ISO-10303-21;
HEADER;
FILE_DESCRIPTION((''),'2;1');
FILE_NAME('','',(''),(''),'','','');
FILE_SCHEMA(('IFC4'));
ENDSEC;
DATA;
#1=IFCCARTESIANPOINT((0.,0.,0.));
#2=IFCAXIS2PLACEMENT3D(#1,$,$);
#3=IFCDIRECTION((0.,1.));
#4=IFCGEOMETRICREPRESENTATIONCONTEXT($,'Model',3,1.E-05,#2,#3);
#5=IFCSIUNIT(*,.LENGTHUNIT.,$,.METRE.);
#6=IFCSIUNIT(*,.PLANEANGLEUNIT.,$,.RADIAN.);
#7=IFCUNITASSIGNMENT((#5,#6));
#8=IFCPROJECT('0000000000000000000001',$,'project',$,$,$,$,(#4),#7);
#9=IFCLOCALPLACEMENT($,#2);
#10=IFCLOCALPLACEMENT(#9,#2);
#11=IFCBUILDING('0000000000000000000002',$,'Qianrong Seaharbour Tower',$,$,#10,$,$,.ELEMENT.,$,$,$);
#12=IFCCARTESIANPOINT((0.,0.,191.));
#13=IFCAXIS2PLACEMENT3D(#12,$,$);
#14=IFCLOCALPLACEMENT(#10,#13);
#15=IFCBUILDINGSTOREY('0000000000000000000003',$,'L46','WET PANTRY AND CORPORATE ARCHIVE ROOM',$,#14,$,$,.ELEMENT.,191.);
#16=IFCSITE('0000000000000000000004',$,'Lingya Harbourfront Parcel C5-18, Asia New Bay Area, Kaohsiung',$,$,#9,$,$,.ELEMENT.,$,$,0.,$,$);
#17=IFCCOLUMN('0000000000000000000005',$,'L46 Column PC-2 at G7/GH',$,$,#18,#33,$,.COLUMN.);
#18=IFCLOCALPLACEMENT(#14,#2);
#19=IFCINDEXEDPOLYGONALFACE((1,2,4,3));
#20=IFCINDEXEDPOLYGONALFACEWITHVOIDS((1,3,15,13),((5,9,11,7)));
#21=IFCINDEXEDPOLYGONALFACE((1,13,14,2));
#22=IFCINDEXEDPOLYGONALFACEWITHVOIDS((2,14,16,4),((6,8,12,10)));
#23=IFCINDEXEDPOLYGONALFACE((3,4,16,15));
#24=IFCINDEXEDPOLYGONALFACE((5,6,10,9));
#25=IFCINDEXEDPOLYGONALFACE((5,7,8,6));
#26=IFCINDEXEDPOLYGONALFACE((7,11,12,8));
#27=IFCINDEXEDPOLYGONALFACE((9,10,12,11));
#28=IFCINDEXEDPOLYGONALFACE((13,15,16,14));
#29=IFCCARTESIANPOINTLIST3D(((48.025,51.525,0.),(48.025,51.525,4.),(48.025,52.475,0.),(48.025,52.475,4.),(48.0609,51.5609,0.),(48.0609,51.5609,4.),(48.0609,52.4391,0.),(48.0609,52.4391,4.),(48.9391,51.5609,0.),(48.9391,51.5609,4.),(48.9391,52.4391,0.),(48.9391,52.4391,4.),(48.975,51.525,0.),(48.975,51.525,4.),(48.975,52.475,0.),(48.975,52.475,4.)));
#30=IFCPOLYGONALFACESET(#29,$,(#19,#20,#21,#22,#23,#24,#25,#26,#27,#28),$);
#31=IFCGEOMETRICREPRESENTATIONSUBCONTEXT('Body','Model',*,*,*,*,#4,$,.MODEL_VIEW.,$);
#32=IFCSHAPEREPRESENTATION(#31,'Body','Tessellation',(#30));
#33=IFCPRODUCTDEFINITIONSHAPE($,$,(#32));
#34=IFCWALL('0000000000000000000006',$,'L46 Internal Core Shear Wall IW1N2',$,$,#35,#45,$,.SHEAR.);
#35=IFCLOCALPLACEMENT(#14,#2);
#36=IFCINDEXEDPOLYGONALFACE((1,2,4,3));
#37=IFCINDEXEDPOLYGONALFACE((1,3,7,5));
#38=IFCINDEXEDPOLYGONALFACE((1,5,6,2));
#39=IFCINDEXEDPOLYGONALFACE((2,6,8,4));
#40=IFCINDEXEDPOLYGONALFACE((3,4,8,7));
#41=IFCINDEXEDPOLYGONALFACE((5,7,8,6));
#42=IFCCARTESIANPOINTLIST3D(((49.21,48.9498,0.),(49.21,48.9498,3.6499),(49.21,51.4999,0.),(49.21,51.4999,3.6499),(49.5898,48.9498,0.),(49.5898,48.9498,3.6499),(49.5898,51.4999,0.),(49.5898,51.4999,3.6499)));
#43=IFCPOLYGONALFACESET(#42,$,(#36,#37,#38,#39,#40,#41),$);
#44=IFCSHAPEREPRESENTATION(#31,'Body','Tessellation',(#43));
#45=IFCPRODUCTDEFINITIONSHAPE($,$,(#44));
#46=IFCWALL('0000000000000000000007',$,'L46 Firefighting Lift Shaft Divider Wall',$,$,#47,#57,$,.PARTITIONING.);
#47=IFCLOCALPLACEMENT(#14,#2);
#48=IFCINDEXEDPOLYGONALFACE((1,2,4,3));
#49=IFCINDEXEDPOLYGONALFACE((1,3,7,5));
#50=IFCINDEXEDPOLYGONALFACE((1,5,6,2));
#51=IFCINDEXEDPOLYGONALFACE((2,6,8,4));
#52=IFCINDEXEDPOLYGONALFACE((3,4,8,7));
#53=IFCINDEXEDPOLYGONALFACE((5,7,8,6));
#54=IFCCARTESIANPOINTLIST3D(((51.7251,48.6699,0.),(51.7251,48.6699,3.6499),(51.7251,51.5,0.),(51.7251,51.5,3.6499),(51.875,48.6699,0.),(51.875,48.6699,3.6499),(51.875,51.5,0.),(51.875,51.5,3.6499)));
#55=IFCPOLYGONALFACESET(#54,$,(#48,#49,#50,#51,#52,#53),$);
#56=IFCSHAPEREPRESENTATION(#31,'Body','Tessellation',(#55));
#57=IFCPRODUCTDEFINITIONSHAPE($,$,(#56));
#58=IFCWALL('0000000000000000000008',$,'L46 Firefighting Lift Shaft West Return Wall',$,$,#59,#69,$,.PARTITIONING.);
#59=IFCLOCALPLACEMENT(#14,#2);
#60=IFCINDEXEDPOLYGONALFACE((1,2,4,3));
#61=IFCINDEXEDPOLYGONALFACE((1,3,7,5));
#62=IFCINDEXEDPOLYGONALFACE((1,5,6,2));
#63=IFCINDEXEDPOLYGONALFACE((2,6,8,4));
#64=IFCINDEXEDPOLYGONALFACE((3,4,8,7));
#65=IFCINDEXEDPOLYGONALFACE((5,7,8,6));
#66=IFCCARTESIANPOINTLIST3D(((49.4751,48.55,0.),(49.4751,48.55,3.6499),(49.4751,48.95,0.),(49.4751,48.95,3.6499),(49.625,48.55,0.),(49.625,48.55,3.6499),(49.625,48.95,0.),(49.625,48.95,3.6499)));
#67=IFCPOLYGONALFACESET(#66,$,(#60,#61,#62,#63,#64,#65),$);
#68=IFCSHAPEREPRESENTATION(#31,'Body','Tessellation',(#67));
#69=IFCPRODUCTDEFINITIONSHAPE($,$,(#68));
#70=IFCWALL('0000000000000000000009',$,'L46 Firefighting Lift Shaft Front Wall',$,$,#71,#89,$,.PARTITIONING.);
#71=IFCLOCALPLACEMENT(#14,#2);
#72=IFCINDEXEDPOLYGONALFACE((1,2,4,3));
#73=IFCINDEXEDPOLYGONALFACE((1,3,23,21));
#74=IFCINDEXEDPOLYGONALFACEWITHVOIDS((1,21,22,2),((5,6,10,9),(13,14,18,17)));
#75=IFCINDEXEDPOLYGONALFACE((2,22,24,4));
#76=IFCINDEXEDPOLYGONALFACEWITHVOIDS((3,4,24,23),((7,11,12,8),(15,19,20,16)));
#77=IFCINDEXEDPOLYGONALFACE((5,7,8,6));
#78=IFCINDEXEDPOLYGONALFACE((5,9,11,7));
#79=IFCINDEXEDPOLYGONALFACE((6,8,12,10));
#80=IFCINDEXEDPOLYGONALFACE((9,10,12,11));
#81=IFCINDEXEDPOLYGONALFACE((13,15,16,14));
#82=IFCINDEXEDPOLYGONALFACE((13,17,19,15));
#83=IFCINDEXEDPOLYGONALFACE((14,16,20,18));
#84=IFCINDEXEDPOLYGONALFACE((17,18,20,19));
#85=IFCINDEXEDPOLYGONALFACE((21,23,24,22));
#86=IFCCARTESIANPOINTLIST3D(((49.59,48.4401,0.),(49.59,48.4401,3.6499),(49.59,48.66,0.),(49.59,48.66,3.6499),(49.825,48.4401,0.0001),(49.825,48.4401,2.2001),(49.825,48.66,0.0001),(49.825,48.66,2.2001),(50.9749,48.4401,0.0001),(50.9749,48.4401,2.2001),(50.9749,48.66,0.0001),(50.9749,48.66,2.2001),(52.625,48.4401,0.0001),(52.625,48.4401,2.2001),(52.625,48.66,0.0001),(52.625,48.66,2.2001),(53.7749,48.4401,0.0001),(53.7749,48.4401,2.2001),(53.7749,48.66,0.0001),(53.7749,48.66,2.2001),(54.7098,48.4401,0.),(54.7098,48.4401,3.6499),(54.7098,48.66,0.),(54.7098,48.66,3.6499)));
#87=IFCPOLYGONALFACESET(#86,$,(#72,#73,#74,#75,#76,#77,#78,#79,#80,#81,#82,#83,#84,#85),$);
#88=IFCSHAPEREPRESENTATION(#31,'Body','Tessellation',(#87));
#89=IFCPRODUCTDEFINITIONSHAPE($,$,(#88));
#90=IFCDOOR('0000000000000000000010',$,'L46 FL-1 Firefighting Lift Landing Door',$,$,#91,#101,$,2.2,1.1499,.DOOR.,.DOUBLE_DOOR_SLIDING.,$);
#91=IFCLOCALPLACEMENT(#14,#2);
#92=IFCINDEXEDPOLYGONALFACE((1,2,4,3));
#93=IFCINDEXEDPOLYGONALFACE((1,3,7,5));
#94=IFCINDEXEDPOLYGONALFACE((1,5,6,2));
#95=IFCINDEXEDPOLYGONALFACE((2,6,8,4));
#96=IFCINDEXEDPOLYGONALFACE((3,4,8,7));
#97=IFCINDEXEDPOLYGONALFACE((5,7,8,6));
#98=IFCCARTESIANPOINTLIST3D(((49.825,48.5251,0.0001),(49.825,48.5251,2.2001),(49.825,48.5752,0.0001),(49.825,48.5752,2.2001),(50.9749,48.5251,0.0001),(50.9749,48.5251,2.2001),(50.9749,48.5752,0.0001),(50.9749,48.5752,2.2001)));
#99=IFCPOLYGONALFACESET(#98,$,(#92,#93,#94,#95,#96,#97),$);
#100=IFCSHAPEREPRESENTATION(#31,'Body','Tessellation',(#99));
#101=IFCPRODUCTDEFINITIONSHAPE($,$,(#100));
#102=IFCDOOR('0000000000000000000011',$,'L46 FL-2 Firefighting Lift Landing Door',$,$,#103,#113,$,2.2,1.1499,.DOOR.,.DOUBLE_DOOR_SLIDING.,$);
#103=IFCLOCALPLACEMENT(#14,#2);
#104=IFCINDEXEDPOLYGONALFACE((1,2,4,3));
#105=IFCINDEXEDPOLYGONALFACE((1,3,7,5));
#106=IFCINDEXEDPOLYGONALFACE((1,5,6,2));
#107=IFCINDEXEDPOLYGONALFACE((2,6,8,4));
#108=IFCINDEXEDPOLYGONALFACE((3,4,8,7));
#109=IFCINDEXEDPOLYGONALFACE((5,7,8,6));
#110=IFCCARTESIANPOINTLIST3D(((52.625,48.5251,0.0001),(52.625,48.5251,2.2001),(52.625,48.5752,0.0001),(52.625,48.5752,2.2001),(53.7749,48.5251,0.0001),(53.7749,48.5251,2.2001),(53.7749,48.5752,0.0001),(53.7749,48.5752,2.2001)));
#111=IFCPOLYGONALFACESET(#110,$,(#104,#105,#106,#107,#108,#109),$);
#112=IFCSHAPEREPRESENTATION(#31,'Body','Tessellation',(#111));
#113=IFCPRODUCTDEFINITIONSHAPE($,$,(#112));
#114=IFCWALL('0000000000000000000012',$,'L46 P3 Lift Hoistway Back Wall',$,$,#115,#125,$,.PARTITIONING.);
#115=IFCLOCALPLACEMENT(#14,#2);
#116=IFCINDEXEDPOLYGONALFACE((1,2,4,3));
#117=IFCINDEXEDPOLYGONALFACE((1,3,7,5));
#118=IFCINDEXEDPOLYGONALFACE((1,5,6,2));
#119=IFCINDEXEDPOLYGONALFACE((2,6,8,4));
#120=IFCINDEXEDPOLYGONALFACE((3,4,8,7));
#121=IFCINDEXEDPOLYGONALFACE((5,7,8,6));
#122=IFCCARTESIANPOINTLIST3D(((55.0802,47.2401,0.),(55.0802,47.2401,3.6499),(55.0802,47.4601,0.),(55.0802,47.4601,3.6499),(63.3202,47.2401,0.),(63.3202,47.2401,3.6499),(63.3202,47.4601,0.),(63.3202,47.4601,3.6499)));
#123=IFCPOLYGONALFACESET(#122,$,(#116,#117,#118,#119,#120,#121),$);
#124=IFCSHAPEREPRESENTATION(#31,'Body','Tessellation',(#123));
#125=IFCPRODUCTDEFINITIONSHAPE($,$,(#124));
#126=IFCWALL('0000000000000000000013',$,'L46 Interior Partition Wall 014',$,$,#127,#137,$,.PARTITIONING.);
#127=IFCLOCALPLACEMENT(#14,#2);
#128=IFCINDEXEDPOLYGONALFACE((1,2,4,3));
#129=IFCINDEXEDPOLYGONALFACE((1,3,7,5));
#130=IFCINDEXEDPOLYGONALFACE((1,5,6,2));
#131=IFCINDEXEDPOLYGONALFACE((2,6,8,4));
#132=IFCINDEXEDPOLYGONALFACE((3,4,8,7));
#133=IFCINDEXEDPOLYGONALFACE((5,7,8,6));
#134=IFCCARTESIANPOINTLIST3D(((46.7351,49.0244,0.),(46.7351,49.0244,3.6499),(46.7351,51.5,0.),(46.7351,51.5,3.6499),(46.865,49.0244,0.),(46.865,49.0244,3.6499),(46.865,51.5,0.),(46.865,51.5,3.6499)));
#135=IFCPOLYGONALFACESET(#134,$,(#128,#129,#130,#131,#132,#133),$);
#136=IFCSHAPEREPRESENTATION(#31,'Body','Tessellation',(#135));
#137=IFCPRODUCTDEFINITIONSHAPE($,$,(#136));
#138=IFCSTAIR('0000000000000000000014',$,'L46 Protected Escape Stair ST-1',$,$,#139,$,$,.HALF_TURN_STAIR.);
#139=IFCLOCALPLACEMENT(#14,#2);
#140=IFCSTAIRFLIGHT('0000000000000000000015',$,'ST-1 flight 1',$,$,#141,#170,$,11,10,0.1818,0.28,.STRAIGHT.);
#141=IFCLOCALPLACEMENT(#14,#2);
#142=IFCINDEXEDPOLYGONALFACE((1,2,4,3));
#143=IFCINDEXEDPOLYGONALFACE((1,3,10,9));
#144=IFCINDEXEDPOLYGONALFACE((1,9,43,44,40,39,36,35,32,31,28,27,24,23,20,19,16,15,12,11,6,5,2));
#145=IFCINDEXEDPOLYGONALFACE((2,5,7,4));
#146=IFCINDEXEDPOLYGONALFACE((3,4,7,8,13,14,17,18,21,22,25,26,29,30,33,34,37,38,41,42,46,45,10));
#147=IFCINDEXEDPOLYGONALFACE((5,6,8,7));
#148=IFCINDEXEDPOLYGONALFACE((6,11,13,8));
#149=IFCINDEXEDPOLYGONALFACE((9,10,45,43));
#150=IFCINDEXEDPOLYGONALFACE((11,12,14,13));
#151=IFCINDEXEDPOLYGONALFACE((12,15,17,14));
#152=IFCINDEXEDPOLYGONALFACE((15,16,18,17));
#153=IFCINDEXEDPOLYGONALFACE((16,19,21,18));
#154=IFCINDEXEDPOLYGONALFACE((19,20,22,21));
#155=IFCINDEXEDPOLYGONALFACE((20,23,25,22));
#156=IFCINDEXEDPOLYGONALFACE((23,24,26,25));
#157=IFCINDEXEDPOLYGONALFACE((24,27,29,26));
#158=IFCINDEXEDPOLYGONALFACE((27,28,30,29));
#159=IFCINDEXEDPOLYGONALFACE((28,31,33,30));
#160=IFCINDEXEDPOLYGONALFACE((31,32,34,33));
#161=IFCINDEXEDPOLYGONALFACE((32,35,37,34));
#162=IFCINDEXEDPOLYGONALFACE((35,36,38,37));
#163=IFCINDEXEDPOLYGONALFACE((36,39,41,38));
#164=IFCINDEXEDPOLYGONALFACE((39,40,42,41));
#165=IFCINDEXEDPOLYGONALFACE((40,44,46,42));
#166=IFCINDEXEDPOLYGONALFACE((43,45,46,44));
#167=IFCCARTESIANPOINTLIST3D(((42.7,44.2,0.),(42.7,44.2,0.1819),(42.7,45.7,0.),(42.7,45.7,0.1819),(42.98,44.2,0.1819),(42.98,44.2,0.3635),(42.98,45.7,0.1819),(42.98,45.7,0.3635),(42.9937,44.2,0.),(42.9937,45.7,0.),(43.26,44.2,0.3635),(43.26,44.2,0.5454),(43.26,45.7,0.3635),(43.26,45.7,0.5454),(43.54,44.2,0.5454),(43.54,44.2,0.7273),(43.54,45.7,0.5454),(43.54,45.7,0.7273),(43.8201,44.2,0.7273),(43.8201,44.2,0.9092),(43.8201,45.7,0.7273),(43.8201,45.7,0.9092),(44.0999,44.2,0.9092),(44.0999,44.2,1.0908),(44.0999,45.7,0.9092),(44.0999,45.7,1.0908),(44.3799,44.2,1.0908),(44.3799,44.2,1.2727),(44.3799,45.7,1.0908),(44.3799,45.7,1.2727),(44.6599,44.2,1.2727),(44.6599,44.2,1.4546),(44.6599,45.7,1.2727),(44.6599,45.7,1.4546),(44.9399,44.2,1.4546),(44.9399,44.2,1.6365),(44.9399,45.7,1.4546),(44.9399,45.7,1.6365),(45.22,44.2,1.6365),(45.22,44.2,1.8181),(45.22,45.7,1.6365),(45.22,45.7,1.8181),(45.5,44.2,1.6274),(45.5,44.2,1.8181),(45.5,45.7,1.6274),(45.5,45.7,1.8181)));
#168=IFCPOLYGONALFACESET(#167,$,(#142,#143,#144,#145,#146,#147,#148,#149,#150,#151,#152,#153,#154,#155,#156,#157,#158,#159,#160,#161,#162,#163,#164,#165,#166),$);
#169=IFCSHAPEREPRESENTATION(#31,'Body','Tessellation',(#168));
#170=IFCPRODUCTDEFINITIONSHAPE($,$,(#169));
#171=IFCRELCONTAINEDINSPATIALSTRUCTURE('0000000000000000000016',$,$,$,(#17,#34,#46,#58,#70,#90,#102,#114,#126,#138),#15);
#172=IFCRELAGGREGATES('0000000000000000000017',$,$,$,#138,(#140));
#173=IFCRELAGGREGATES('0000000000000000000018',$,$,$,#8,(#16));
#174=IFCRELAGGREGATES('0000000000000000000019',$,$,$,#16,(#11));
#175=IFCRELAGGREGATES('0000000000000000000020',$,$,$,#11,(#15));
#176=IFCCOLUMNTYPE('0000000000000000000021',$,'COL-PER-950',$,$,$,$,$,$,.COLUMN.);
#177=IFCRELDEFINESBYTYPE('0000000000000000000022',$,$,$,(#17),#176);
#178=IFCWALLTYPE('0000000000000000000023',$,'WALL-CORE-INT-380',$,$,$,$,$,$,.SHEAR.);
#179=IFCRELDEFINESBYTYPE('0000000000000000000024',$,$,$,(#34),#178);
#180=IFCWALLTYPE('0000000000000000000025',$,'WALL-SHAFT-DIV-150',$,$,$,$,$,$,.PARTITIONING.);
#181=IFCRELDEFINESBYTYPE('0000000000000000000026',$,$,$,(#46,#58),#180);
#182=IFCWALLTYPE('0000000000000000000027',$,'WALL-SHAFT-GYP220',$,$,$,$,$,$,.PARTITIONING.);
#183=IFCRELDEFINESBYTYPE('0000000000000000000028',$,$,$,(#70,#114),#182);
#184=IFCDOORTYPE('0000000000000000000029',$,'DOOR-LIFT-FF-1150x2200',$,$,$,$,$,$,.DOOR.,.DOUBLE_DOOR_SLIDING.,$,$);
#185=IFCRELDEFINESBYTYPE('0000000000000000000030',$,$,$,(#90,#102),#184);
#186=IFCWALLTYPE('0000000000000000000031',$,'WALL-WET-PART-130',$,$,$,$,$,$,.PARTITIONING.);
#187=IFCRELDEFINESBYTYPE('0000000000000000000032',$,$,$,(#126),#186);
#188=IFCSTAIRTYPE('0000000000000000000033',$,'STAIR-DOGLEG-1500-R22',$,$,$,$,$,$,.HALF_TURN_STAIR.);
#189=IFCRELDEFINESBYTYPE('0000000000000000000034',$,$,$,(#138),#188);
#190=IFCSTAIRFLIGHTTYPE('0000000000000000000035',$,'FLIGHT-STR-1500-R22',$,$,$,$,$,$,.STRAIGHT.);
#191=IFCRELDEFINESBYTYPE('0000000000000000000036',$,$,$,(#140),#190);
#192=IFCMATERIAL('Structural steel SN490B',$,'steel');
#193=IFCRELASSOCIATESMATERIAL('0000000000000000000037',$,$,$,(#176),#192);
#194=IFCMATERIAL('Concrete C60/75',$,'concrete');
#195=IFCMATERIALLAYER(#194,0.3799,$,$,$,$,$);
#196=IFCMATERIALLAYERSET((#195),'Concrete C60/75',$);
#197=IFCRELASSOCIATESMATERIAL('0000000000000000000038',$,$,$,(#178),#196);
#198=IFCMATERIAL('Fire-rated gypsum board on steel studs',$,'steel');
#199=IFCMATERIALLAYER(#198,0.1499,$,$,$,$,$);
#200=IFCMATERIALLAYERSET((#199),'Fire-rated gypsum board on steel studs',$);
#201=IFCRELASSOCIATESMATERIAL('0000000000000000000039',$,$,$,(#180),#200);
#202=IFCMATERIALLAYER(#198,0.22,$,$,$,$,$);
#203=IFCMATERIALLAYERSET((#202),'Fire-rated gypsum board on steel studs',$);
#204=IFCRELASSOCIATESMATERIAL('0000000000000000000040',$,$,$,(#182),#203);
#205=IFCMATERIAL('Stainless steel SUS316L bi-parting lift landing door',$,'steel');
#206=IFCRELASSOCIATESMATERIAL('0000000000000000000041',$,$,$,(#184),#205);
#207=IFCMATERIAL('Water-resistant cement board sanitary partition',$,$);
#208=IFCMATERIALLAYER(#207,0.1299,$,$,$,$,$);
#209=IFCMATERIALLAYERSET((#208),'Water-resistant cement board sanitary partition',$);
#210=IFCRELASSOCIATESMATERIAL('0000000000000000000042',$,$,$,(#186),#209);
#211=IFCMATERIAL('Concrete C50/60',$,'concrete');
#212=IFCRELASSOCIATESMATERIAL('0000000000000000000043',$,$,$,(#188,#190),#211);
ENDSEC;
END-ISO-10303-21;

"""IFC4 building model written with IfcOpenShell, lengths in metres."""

from ifc_helpers import new_model, si_unit, direction, frame, frame_2d, origin, origin_2d, place, context, subcontext, project, spatial, polyline, rectangle, hollow_rectangle, outline, extrude, material, layer, layer_set, material_profile, profile_set, type_object, element, fill, aggregate, save


model = new_model("IFC4")

# Units and contexts
model_context = context("Model", 3, precision=1e-05, world=origin(), true_north=direction((0.0, 1.0)))
body_context = subcontext(model_context, "Body", "Model", "MODEL_VIEW")
ifc_project = project(units=[si_unit("LENGTHUNIT", "METRE"), si_unit("PLANEANGLEUNIT", "RADIAN")], contexts=[model_context])

# Site, building, storey
site_placement = place(None, origin())
site = spatial("IfcSite", under=ifc_project, at=site_placement, Name="Lingya Harbourfront Parcel C5-18, Asia New Bay Area, Kaohsiung", CompositionType="ELEMENT", RefElevation=0.0)
building_placement = place(site_placement, origin())
building = spatial("IfcBuilding", under=site, at=building_placement, Name="Qianrong Seaharbour Tower", CompositionType="ELEMENT")
storey_placement = place(building_placement, frame((0.0, 0.0, 191.0)))
storey = spatial("IfcBuildingStorey", under=building, at=storey_placement, Name="L46", Description="WET PANTRY AND CORPORATE ARCHIVE ROOM", CompositionType="ELEMENT", Elevation=191.0)

# Column
ifc_material_1 = material(Name="Structural steel SN490B", Category="steel")
ifc_material_profile = material_profile(ifc_material_1, hollow_rectangle(XDim=0.95, YDim=0.95, WallThickness=0.0359, at=origin_2d()), Name="BOX950x950x36")
ifc_profile_set = profile_set([ifc_material_profile], Name="Structural steel SN490B")
column_type = type_object("IfcColumnType", Name="COL-PER-950", PredefinedType="COLUMN", material=ifc_profile_set)
column_placement = place(storey_placement, frame((48.5, 52.0, 0.0), z_axis=(0.0, 0.0, 1.0), x_axis=(1.0, 0.0, 0.0)))
element("IfcColumn", 1, at=column_placement, inside=storey, type_object=column_type, Name="L46 Column PC-2 at G7/GH", PredefinedType="COLUMN", context=body_context, shape_type="SweptSolid", body=[
    extrude(hollow_rectangle(XDim=0.95, YDim=0.95, WallThickness=0.0359, at=origin_2d()), origin(), (0.0, 0.0, 1.0), 4.0),
])

# Wall
ifc_material_2 = material(Name="Concrete C60/75", Category="concrete")
ifc_layer_1 = layer(ifc_material_2, 0.3799)
ifc_layer_set_1 = layer_set([ifc_layer_1], Name="Concrete C60/75")
wall_type_1 = type_object("IfcWallType", Name="WALL-CORE-INT-380", PredefinedType="SHEAR", material=ifc_layer_set_1)
wall_1_placement = place(storey_placement, frame((49.3999, 48.95, 0.0), z_axis=(0.0, 0.0, 1.0), x_axis=(0.0, 1.0, 0.0)))
element("IfcWall", 2, at=wall_1_placement, inside=storey, type_object=wall_type_1, Name="L46 Internal Core Shear Wall IW1N2", PredefinedType="SHEAR", context=body_context, shape_type="SweptSolid", body=[
    extrude(rectangle(XDim=2.55, YDim=0.3799, at=frame_2d((1.2749, 0.0))), origin(), (0.0, 0.0, 1.0), 3.6499),
])

# Walls
ifc_material_3 = material(Name="Fire-rated gypsum board on steel studs", Category="steel")
ifc_layer_2 = layer(ifc_material_3, 0.1499)
ifc_layer_set_2 = layer_set([ifc_layer_2], Name="Fire-rated gypsum board on steel studs")
wall_type_2 = type_object("IfcWallType", Name="WALL-SHAFT-DIV-150", PredefinedType="PARTITIONING", material=ifc_layer_set_2)
wall_2_placement = place(storey_placement, frame((51.8, 48.6699, 0.0), z_axis=(0.0, 0.0, 1.0), x_axis=(0.0, 1.0, 0.0)))
element("IfcWall", 3, at=wall_2_placement, inside=storey, type_object=wall_type_2, Name="L46 Firefighting Lift Shaft Divider Wall", PredefinedType="PARTITIONING", context=body_context, shape_type="SweptSolid", body=[
    extrude(rectangle(XDim=2.8301, YDim=0.1499, at=frame_2d((1.415, 0.0))), origin(), (0.0, 0.0, 1.0), 3.6499),
])
wall_3_placement = place(storey_placement, frame((49.55, 48.55, 0.0), z_axis=(0.0, 0.0, 1.0), x_axis=(0.0, 1.0, 0.0)))
element("IfcWall", 4, at=wall_3_placement, inside=storey, type_object=wall_type_2, Name="L46 Firefighting Lift Shaft West Return Wall", PredefinedType="PARTITIONING", context=body_context, shape_type="SweptSolid", body=[
    extrude(rectangle(XDim=0.3999, YDim=0.1499, at=frame_2d((0.2, 0.0))), origin(), (0.0, 0.0, 1.0), 3.6499),
])

# Wall, openings, doors
ifc_layer_3 = layer(ifc_material_3, 0.22)
ifc_layer_set_3 = layer_set([ifc_layer_3], Name="Fire-rated gypsum board on steel studs")
wall_type_3 = type_object("IfcWallType", Name="WALL-SHAFT-GYP220", PredefinedType="PARTITIONING", material=ifc_layer_set_3)
wall_4_placement = place(storey_placement, frame((54.71, 48.55, 0.0), z_axis=(0.0, 0.0, 1.0), x_axis=(-1.0, 0.0, 0.0)))
wall_4 = element("IfcWall", 5, at=wall_4_placement, inside=storey, type_object=wall_type_3, Name="L46 Firefighting Lift Shaft Front Wall", PredefinedType="PARTITIONING", context=body_context, shape_type="SweptSolid", body=[
    extrude(rectangle(XDim=5.1199, YDim=0.22, at=frame_2d((2.5601, 0.0))), origin(), (0.0, 0.0, 1.0), 3.6499),
])
opening_1_placement = place(wall_4_placement, frame((3.7351, 0.0, 0.0)))
opening_1 = element("IfcOpeningElement", 6, at=opening_1_placement, cuts=wall_4, PredefinedType="OPENING", context=body_context, shape_type="SweptSolid", body=[
    extrude(rectangle(XDim=1.1499, YDim=2.2, at=frame_2d((0.575, 1.1001))), frame((0.0, 0.1201, 0.0), z_axis=(0.0, -1.0, 0.0), x_axis=(1.0, 0.0, 0.0)), (0.0, 0.0, 1.0), 0.24),
])
opening_2_placement = place(wall_4_placement, frame((0.9351, 0.0, 0.0)))
opening_2 = element("IfcOpeningElement", 7, at=opening_2_placement, cuts=wall_4, PredefinedType="OPENING", context=body_context, shape_type="SweptSolid", body=[
    extrude(rectangle(XDim=1.1499, YDim=2.2, at=frame_2d((0.575, 1.1001))), frame((0.0, 0.1201, 0.0), z_axis=(0.0, -1.0, 0.0), x_axis=(1.0, 0.0, 0.0)), (0.0, 0.0, 1.0), 0.24),
])
ifc_material_4 = material(Name="Stainless steel SUS316L bi-parting lift landing door", Category="steel")
door_type_1 = type_object("IfcDoorType", Name="DOOR-LIFT-FF-1150x2200", OperationType="DOUBLE_DOOR_SLIDING", PredefinedType="DOOR", material=ifc_material_4)
door_1_placement = place(opening_1_placement, origin())
door_1 = element("IfcDoor", 8, at=door_1_placement, inside=storey, type_object=door_type_1, Name="L46 FL-1 Firefighting Lift Landing Door", OperationType="DOUBLE_DOOR_SLIDING", OverallHeight=2.2, OverallWidth=1.1499, PredefinedType="DOOR", context=body_context, shape_type="SweptSolid", body=[
    extrude(rectangle(XDim=1.1499, YDim=2.2, at=frame_2d((0.575, 1.1001))), frame((0.0, 0.0249, 0.0), z_axis=(0.0, -1.0, 0.0), x_axis=(1.0, 0.0, 0.0)), (0.0, 0.0, 1.0), 0.05),
])
fill(opening_1, door_1)
door_2_placement = place(opening_2_placement, origin())
door_2 = element("IfcDoor", 9, at=door_2_placement, inside=storey, type_object=door_type_1, Name="L46 FL-2 Firefighting Lift Landing Door", OperationType="DOUBLE_DOOR_SLIDING", OverallHeight=2.2, OverallWidth=1.1499, PredefinedType="DOOR", context=body_context, shape_type="SweptSolid", body=[
    extrude(rectangle(XDim=1.1499, YDim=2.2, at=frame_2d((0.575, 1.1001))), frame((0.0, 0.0249, 0.0), z_axis=(0.0, -1.0, 0.0), x_axis=(1.0, 0.0, 0.0)), (0.0, 0.0, 1.0), 0.05),
])
fill(opening_2, door_2)

# Walls
wall_5_placement = place(storey_placement, frame((55.0801, 47.3501, 0.0), z_axis=(0.0, 0.0, 1.0), x_axis=(1.0, 0.0, 0.0)))
element("IfcWall", 10, at=wall_5_placement, inside=storey, type_object=wall_type_3, Name="L46 P3 Lift Hoistway Back Wall", PredefinedType="PARTITIONING", context=body_context, shape_type="SweptSolid", body=[
    extrude(rectangle(XDim=8.24, YDim=0.22, at=frame_2d((4.1201, 0.0))), origin(), (0.0, 0.0, 1.0), 3.6499),
])
ifc_material_5 = material(Name="Water-resistant cement board sanitary partition")
ifc_layer_4 = layer(ifc_material_5, 0.1299)
ifc_layer_set_4 = layer_set([ifc_layer_4], Name="Water-resistant cement board sanitary partition")
wall_type_4 = type_object("IfcWallType", Name="WALL-WET-PART-130", PredefinedType="PARTITIONING", material=ifc_layer_set_4)
wall_6_placement = place(storey_placement, frame((46.8, 51.5, 0.0), z_axis=(0.0, 0.0, 1.0), x_axis=(0.0, -1.0, 0.0)))
element("IfcWall", 11, at=wall_6_placement, inside=storey, type_object=wall_type_4, Name="L46 Interior Partition Wall 014", PredefinedType="PARTITIONING", context=body_context, shape_type="SweptSolid", body=[
    extrude(rectangle(XDim=2.4756, YDim=0.1299, at=frame_2d((1.2378, 0.0))), origin(), (0.0, 0.0, 1.0), 3.6499),
])

# Stair, stair flight
ifc_material_6 = material(Name="Concrete C50/60", Category="concrete")
stair_type = type_object("IfcStairType", Name="STAIR-DOGLEG-1500-R22", PredefinedType="HALF_TURN_STAIR", material=ifc_material_6)
stair_placement = place(storey_placement, origin())
stair = element("IfcStair", 12, at=stair_placement, inside=storey, type_object=stair_type, Name="L46 Protected Escape Stair ST-1", PredefinedType="HALF_TURN_STAIR")
stair_flight_type = type_object("IfcStairFlightType", Name="FLIGHT-STR-1500-R22", PredefinedType="STRAIGHT", material=ifc_material_6)
stair_flight_1_placement = place(storey_placement, frame((42.7, 44.95, 0.0), z_axis=(0.0, 0.0, 1.0), x_axis=(1.0, 0.0, 0.0)))
stair_flight_1 = element("IfcStairFlight", 13, at=stair_flight_1_placement, type_object=stair_flight_type, Name="ST-1 flight 1", NumberOfRisers=11, NumberOfTreads=10, PredefinedType="STRAIGHT", RiserHeight=0.1818, TreadLength=0.28, context=body_context, shape_type="SweptSolid", body=[
    extrude(outline(polyline([(0.0, 0.0), (0.0, 0.1819), (0.28, 0.1819), (0.28, 0.3635), (0.5601, 0.3635), (0.5601, 0.5454), (0.8401, 0.5454), (0.8401, 0.7273), (1.1201, 0.7273), (1.1201, 0.9092), (1.3999, 0.9092), (1.3999, 1.0908), (1.6799, 1.0908), (1.6799, 1.2727), (1.96, 1.2727), (1.96, 1.4546), (2.24, 1.4546), (2.24, 1.6365), (2.52, 1.6365), (2.52, 1.8181), (2.8, 1.8181), (2.8, 2.0), (2.8, 1.6274), (0.2937, 0.0), (0.0, 0.0)])), frame((0.0, 0.75, 0.0), z_axis=(0.0, -1.0, 0.0), x_axis=(1.0, 0.0, 0.0)), (0.0, 0.0, 1.0), 1.5),
])
aggregate(stair, [stair_flight_1])

save(model, "model.ifc")
